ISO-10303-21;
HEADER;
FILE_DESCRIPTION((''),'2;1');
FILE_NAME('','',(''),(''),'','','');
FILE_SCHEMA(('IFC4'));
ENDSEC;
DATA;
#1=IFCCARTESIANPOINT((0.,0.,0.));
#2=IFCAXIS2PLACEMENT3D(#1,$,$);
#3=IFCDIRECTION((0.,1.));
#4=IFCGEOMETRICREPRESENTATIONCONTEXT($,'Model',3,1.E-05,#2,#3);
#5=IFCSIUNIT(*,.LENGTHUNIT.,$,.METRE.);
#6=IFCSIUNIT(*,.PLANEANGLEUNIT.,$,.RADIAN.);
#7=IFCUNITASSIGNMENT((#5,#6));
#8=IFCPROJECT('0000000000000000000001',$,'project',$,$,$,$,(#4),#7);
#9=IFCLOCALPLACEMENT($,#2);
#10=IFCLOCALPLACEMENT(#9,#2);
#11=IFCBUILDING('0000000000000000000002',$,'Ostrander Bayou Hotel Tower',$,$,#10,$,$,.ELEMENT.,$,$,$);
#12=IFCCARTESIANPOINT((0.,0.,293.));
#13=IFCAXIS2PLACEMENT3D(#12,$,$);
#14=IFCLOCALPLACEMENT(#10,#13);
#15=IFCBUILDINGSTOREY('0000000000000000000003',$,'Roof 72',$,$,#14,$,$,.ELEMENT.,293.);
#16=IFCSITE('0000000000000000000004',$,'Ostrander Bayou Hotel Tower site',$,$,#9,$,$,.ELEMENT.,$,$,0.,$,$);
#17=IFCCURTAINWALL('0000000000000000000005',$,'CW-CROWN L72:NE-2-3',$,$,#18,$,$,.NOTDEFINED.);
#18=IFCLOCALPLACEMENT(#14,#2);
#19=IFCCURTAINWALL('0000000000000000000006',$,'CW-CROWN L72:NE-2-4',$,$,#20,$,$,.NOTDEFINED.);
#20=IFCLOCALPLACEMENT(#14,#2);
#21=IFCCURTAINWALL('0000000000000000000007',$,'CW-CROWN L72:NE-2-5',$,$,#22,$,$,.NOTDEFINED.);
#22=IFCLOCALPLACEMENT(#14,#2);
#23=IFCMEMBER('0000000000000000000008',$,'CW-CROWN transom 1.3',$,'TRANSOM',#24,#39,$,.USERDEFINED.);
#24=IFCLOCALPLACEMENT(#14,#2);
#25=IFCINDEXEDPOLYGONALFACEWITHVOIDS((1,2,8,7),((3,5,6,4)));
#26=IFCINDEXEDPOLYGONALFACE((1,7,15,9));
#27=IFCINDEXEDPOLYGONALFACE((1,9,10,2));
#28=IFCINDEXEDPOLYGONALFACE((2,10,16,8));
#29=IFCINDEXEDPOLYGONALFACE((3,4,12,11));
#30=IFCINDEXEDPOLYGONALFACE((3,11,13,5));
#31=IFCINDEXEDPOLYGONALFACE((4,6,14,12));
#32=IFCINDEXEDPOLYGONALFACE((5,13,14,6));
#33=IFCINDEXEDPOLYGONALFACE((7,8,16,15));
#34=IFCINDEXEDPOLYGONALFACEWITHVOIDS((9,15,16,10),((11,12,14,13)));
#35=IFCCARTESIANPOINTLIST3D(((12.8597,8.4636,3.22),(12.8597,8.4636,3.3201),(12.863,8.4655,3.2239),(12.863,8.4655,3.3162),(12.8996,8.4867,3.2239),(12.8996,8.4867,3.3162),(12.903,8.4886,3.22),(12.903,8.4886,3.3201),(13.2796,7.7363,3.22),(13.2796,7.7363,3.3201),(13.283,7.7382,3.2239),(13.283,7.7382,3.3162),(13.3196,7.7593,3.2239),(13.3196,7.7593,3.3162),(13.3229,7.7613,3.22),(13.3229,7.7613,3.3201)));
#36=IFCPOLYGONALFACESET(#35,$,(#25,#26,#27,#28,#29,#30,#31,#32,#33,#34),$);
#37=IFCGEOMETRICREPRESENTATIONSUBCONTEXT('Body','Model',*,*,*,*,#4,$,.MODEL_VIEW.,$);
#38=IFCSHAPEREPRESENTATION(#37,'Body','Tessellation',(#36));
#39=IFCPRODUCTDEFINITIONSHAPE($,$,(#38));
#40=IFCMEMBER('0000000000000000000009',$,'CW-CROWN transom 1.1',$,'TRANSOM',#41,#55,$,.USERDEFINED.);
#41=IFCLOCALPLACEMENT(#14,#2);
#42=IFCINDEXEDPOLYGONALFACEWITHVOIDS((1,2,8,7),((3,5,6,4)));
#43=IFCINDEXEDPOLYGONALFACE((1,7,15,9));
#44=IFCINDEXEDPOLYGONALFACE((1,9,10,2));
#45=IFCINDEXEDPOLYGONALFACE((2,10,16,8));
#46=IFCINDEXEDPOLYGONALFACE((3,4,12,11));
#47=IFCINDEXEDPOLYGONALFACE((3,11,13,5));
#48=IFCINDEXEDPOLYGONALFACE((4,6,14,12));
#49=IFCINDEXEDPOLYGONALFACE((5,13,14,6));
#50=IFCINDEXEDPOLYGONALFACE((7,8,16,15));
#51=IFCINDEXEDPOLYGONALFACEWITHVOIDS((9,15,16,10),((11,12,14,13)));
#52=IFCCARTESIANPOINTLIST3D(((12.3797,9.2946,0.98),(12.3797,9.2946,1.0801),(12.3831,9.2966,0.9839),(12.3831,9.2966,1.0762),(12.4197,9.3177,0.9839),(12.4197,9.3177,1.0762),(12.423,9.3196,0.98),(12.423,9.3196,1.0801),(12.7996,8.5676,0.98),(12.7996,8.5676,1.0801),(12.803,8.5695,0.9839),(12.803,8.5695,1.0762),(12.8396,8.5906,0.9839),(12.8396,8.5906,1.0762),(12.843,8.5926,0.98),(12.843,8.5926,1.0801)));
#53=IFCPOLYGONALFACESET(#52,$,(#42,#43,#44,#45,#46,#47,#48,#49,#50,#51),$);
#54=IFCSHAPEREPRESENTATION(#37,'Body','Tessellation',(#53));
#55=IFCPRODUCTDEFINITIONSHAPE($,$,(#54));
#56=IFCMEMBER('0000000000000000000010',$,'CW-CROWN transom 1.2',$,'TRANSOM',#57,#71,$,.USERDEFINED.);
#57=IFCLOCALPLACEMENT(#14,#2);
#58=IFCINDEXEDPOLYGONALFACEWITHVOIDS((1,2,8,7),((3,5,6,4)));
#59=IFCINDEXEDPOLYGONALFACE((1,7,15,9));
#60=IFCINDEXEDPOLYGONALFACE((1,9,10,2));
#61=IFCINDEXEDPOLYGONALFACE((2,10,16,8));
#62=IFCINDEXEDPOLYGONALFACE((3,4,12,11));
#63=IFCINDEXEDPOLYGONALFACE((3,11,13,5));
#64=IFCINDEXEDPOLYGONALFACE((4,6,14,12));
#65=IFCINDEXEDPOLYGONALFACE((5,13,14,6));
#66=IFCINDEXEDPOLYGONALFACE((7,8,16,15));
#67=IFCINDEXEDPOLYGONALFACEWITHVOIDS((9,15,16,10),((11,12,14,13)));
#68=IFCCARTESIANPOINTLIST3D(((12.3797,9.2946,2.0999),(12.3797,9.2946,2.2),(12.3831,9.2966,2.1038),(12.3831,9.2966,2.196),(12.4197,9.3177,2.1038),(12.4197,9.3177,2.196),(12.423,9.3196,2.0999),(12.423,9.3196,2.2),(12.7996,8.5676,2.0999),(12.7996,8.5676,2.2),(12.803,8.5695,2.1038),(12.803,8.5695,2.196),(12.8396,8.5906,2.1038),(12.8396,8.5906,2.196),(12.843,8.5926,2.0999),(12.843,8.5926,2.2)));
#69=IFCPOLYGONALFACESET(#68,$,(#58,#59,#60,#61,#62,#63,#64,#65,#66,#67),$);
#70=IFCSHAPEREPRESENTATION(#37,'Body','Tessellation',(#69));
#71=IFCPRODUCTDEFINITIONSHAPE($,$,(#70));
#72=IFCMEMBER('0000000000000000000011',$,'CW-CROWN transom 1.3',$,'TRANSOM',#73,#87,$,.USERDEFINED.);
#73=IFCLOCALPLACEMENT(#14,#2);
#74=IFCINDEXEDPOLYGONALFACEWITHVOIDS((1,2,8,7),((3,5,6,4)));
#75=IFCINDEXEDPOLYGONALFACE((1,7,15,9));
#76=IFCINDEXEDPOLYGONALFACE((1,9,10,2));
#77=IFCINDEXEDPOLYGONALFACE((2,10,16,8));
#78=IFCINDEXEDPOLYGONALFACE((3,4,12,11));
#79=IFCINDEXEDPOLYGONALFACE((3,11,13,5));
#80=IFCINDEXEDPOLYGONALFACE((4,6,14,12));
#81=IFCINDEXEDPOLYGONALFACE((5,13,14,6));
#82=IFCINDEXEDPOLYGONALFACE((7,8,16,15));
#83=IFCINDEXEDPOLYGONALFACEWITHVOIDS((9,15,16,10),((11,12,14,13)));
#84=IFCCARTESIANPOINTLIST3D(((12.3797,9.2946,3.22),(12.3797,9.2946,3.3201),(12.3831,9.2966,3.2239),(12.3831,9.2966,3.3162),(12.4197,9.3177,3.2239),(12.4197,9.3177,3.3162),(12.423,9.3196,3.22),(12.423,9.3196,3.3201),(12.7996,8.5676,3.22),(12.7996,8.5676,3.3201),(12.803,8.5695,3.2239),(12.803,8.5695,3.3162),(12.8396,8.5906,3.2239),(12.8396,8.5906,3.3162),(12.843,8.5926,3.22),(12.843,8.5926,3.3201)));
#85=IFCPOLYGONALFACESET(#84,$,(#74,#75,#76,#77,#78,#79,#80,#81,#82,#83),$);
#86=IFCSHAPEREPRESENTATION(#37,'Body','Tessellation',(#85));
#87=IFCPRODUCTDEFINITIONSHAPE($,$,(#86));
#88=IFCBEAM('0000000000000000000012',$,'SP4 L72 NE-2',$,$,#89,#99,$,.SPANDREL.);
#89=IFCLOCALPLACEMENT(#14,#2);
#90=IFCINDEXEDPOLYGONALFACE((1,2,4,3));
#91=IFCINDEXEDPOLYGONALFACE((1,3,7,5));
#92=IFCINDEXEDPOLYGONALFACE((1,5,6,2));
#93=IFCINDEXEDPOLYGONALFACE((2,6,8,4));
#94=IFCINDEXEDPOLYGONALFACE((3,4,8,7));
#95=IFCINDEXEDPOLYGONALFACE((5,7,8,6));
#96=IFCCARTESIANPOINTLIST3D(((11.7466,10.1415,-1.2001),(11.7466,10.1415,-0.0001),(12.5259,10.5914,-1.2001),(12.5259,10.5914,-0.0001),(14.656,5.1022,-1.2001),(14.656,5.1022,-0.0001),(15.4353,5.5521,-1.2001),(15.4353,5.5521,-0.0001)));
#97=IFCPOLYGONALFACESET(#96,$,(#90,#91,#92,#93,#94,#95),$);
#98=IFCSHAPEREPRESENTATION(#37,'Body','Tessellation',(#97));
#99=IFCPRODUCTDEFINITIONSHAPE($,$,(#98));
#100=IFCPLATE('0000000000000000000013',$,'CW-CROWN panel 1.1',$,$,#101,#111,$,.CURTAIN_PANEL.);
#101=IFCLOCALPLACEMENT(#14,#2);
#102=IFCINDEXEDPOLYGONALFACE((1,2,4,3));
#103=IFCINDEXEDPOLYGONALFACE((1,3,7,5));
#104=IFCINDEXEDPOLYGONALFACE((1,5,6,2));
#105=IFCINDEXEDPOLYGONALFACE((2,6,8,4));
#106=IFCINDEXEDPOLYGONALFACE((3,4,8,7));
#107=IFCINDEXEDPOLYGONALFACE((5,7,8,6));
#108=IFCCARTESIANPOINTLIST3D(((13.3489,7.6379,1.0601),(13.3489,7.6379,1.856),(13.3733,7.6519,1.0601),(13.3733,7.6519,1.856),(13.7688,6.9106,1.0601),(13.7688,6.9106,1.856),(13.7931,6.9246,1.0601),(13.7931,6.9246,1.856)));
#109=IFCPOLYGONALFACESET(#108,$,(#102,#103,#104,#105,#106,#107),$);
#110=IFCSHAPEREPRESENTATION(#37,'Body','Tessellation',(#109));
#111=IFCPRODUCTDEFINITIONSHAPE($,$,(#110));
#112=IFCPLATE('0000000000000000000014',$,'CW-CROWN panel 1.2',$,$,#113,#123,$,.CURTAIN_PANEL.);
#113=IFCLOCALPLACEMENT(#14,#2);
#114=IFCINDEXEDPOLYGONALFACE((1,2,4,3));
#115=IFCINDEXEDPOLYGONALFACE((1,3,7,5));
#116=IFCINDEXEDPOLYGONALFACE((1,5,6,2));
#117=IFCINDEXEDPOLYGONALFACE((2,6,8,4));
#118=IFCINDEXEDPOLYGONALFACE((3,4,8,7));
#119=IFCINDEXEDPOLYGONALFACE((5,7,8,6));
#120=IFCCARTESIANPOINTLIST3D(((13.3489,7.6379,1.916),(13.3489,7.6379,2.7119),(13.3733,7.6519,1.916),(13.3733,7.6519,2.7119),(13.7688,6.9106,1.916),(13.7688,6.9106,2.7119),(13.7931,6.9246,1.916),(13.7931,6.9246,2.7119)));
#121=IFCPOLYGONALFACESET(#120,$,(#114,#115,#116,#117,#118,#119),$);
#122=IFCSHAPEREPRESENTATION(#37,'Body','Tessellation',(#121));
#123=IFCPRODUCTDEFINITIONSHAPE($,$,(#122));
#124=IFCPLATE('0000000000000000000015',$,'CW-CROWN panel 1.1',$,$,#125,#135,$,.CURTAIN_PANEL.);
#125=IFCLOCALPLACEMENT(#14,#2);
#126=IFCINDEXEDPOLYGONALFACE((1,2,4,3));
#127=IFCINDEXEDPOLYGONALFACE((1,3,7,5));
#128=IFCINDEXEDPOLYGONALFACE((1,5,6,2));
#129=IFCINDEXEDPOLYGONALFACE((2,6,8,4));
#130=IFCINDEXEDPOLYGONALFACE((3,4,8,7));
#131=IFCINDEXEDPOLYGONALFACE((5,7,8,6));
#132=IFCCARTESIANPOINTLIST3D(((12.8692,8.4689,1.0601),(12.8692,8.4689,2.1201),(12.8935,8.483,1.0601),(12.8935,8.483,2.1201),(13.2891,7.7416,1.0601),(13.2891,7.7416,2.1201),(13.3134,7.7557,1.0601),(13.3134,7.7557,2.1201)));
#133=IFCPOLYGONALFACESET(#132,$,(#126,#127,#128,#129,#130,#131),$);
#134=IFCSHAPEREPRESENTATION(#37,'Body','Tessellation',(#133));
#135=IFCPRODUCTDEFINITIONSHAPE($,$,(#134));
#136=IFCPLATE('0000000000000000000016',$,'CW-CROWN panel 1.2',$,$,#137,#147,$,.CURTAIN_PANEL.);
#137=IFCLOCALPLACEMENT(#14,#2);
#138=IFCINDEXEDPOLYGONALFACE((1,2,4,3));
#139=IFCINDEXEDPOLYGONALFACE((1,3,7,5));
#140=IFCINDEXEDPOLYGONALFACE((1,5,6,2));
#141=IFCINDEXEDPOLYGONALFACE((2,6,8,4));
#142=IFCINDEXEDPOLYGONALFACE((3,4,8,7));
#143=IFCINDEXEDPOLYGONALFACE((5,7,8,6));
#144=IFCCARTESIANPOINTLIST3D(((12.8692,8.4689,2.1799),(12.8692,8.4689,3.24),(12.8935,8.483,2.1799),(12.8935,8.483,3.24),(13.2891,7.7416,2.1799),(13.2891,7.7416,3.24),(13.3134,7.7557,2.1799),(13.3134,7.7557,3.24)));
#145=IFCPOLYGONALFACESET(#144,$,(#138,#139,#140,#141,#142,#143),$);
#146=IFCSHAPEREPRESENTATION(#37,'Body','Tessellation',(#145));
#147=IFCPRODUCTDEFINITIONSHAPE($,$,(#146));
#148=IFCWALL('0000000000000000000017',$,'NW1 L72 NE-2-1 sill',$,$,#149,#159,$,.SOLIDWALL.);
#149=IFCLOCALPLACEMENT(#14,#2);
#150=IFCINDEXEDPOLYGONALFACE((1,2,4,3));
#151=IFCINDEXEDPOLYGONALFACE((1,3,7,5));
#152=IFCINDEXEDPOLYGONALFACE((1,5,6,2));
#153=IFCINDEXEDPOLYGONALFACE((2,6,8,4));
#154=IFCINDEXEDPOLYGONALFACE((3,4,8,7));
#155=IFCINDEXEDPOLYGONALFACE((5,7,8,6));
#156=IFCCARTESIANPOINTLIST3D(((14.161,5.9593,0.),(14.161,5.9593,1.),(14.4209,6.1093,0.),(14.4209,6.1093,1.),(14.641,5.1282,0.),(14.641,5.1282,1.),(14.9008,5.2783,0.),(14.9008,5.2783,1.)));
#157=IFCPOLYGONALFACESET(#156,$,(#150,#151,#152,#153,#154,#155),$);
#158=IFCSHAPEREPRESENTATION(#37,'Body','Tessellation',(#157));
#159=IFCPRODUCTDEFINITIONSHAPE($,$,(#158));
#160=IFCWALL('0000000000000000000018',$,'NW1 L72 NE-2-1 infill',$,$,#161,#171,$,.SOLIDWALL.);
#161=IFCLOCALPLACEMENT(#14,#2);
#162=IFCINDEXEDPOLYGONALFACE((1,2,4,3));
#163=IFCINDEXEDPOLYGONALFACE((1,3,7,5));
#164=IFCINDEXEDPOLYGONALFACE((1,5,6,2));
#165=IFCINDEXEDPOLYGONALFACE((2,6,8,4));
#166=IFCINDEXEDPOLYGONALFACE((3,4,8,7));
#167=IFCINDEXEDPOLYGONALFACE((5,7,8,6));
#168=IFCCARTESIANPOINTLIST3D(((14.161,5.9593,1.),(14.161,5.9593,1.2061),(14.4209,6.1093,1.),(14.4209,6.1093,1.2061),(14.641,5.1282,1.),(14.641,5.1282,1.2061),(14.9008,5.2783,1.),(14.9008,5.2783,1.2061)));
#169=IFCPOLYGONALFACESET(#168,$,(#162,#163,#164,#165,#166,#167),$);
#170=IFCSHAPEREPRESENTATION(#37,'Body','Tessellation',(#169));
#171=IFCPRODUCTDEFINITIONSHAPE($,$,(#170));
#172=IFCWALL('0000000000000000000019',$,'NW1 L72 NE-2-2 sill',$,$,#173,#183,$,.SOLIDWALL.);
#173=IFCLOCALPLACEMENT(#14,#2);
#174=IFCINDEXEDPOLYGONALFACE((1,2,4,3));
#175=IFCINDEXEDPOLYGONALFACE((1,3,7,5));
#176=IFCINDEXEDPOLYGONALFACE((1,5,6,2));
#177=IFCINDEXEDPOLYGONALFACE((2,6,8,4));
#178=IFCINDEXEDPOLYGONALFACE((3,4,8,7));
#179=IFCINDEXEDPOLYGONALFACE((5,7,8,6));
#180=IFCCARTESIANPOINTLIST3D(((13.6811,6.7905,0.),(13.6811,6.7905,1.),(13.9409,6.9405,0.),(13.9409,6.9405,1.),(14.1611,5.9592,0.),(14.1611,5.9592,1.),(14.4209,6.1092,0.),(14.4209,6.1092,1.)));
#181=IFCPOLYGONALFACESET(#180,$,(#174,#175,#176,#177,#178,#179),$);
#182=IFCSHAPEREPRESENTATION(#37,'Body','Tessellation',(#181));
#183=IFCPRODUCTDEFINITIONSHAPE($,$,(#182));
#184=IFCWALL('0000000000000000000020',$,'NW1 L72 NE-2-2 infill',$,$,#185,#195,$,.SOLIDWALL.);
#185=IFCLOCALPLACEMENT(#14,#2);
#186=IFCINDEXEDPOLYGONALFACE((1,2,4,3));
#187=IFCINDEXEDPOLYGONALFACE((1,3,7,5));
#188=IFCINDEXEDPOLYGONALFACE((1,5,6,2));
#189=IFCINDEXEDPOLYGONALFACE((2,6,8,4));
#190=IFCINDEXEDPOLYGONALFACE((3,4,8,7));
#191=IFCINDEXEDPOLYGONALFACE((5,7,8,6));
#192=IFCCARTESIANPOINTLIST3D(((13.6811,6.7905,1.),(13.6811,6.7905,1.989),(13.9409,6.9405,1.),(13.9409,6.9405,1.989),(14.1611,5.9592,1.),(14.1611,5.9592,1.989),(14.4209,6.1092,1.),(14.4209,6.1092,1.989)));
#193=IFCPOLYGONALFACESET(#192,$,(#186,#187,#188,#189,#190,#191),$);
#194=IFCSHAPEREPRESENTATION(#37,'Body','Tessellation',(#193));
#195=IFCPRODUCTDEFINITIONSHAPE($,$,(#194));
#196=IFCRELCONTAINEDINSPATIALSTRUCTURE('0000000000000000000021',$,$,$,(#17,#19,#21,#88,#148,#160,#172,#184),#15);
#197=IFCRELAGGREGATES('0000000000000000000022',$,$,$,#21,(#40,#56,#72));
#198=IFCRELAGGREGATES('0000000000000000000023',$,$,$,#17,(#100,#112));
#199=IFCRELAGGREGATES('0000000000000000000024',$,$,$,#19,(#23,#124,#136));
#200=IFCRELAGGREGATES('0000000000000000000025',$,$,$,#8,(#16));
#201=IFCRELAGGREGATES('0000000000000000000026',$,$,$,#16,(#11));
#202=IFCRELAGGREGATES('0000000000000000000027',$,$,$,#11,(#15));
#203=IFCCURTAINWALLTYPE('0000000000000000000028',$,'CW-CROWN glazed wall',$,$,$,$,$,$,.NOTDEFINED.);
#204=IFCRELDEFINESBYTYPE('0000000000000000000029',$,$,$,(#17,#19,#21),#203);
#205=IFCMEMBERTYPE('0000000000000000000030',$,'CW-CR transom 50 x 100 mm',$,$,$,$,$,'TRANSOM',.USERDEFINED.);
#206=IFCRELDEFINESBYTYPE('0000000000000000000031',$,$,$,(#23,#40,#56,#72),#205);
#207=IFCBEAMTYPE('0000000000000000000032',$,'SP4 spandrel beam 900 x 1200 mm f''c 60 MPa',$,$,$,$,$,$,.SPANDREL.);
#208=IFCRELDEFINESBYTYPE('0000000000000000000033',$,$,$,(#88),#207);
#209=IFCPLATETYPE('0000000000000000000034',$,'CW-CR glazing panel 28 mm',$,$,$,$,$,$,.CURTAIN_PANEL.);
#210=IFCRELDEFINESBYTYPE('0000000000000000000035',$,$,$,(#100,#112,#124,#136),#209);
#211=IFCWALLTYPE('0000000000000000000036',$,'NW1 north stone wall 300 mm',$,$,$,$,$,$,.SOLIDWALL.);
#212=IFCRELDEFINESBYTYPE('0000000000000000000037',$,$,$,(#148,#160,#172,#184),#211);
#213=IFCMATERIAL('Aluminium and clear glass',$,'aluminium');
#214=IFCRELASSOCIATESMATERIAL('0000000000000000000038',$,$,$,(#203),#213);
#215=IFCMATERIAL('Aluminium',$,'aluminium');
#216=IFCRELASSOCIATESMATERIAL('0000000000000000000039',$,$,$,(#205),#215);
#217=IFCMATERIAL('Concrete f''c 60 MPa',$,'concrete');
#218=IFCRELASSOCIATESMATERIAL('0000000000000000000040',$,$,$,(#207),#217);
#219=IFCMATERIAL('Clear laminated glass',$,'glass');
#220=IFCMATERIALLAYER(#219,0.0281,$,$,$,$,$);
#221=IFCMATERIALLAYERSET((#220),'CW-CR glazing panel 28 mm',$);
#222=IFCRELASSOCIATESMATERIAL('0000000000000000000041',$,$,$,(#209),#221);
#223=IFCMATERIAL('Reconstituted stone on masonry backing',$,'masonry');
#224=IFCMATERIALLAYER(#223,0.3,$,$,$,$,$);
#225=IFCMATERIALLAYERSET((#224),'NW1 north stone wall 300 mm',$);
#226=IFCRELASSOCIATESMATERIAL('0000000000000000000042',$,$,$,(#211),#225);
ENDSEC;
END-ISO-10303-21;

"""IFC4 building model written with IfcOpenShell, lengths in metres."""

from ifc_helpers import new_model, si_unit, direction, frame, frame_2d, origin, origin_2d, place, context, subcontext, project, spatial, rectangle, hollow_rectangle, extrude, material, layer, layer_set, material_profile, profile_set, type_object, element, aggregate, save


model = new_model("IFC4")

# Units and contexts
model_context = context("Model", 3, precision=1e-05, world=origin(), true_north=direction((0.0, 1.0)))
body_context = subcontext(model_context, "Body", "Model", "MODEL_VIEW")
ifc_project = project(units=[si_unit("LENGTHUNIT", "METRE"), si_unit("PLANEANGLEUNIT", "RADIAN")], contexts=[model_context])

# Site, building, storey
site_placement = place(None, origin())
site = spatial("IfcSite", under=ifc_project, at=site_placement, Name="Ostrander Bayou Hotel Tower site", CompositionType="ELEMENT", RefElevation=0.0)
building_placement = place(site_placement, origin())
building = spatial("IfcBuilding", under=site, at=building_placement, Name="Ostrander Bayou Hotel Tower", CompositionType="ELEMENT")
storey_placement = place(building_placement, frame((0.0, 0.0, 293.0)))
storey = spatial("IfcBuildingStorey", under=building, at=storey_placement, Name="Roof 72", CompositionType="ELEMENT", Elevation=293.0)

# Curtain walls
ifc_material_1 = material(Name="Aluminium and clear glass", Category="aluminium")
curtain_wall_type = type_object("IfcCurtainWallType", Name="CW-CROWN glazed wall", PredefinedType="NOTDEFINED", material=ifc_material_1)
curtain_wall_1_placement = place(storey_placement, origin())
curtain_wall_1 = element("IfcCurtainWall", 1, at=curtain_wall_1_placement, inside=storey, type_object=curtain_wall_type, Name="CW-CROWN L72:NE-2-3", PredefinedType="NOTDEFINED")
curtain_wall_2_placement = place(storey_placement, origin())
curtain_wall_2 = element("IfcCurtainWall", 2, at=curtain_wall_2_placement, inside=storey, type_object=curtain_wall_type, Name="CW-CROWN L72:NE-2-4", PredefinedType="NOTDEFINED")

# Curtain wall
curtain_wall_3_placement = place(storey_placement, origin())
curtain_wall_3 = element("IfcCurtainWall", 3, at=curtain_wall_3_placement, inside=storey, type_object=curtain_wall_type, Name="CW-CROWN L72:NE-2-5", PredefinedType="NOTDEFINED")

# Members
ifc_material_2 = material(Name="Aluminium", Category="aluminium")
ifc_material_profile_1 = material_profile(ifc_material_2, hollow_rectangle(XDim=0.05, YDim=0.1001, WallThickness=0.0039, at=origin_2d()))
ifc_profile_set_1 = profile_set([ifc_material_profile_1], Name="Aluminium")
member_type_1 = type_object("IfcMemberType", Name="CW-CR transom 50 x 100 mm", ElementType="TRANSOM", PredefinedType="USERDEFINED", material=ifc_profile_set_1)
member_1_placement = place(storey_placement, frame((13.3013, 7.7488, 3.27), z_axis=(-0.500016, 0.866016, 0.0), x_axis=(-0.866016, -0.500016, 0.0)))
member_1 = element("IfcMember", 4, at=member_1_placement, type_object=member_type_1, Name="CW-CROWN transom 1.3", ObjectType="TRANSOM", PredefinedType="USERDEFINED", context=body_context, shape_type="SweptSolid", body=[
    extrude(hollow_rectangle(XDim=0.05, YDim=0.1001, WallThickness=0.0039, at=origin_2d()), origin(), (0.0, 0.0, 1.0), 0.8398),
])
member_2_placement = place(storey_placement, frame((12.8213, 8.5801, 1.03), z_axis=(-0.500142, 0.865943, 0.0), x_axis=(-0.865943, -0.500142, 0.0)))
member_2 = element("IfcMember", 5, at=member_2_placement, type_object=member_type_1, Name="CW-CROWN transom 1.1", ObjectType="TRANSOM", PredefinedType="USERDEFINED", context=body_context, shape_type="SweptSolid", body=[
    extrude(hollow_rectangle(XDim=0.05, YDim=0.1001, WallThickness=0.0039, at=origin_2d()), origin(), (0.0, 0.0, 1.0), 0.8396),
])
member_3_placement = place(storey_placement, frame((12.8213, 8.5801, 2.1499), z_axis=(-0.500142, 0.865943, 0.0), x_axis=(-0.865943, -0.500142, 0.0)))
member_3 = element("IfcMember", 6, at=member_3_placement, type_object=member_type_1, Name="CW-CROWN transom 1.2", ObjectType="TRANSOM", PredefinedType="USERDEFINED", context=body_context, shape_type="SweptSolid", body=[
    extrude(hollow_rectangle(XDim=0.05, YDim=0.1001, WallThickness=0.0039, at=origin_2d()), origin(), (0.0, 0.0, 1.0), 0.8396),
])
member_4_placement = place(storey_placement, frame((12.8213, 8.5801, 3.27), z_axis=(-0.500142, 0.865943, 0.0), x_axis=(-0.865943, -0.500142, 0.0)))
member_4 = element("IfcMember", 7, at=member_4_placement, type_object=member_type_1, Name="CW-CROWN transom 1.3", ObjectType="TRANSOM", PredefinedType="USERDEFINED", context=body_context, shape_type="SweptSolid", body=[
    extrude(hollow_rectangle(XDim=0.05, YDim=0.1001, WallThickness=0.0039, at=origin_2d()), origin(), (0.0, 0.0, 1.0), 0.8396),
])
aggregate(curtain_wall_3, [member_2, member_3, member_4])

# Beam
ifc_material_3 = material(Name="Concrete f'c 60 MPa", Category="concrete")
ifc_material_profile_2 = material_profile(ifc_material_3, rectangle(XDim=0.8999, YDim=1.2, at=origin_2d()))
ifc_profile_set_2 = profile_set([ifc_material_profile_2], Name="Concrete f'c 60 MPa")
beam_type = type_object("IfcBeamType", Name="SP4 spandrel beam 900 x 1200 mm f'c 60 MPa", PredefinedType="SPANDREL", material=ifc_profile_set_2)
beam_placement = place(storey_placement, frame((15.0457, 5.3271, -0.6001), z_axis=(-0.499997, 0.866027, 0.0), x_axis=(-0.866027, -0.499997, 0.0)))
element("IfcBeam", 8, at=beam_placement, inside=storey, type_object=beam_type, Name="SP4 L72 NE-2", PredefinedType="SPANDREL", context=body_context, shape_type="SweptSolid", body=[
    extrude(rectangle(XDim=0.8999, YDim=1.2, at=origin_2d()), origin(), (0.0, 0.0, 1.0), 5.8188),
])

# Plates
ifc_material_4 = material(Name="Clear laminated glass", Category="glass")
ifc_layer_1 = layer(ifc_material_4, 0.0281)
ifc_layer_set_1 = layer_set([ifc_layer_1], Name="CW-CR glazing panel 28 mm")
plate_type = type_object("IfcPlateType", Name="CW-CR glazing panel 28 mm", PredefinedType="CURTAIN_PANEL", material=ifc_layer_set_1)
plate_1_placement = place(storey_placement, frame((13.571, 7.2812, 1.0601), z_axis=(0.0, 0.0, 1.0), x_axis=(-0.49996, 0.866049, 0.0)))
plate_1 = element("IfcPlate", 9, at=plate_1_placement, type_object=plate_type, Name="CW-CROWN panel 1.1", PredefinedType="CURTAIN_PANEL", context=body_context, shape_type="SweptSolid", body=[
    extrude(rectangle(XDim=0.8398, YDim=0.0281, at=origin_2d()), origin(), (0.0, 0.0, 1.0), 0.7959),
])
plate_2_placement = place(storey_placement, frame((13.571, 7.2812, 1.916), z_axis=(0.0, 0.0, 1.0), x_axis=(-0.49996, 0.866049, 0.0)))
plate_2 = element("IfcPlate", 10, at=plate_2_placement, type_object=plate_type, Name="CW-CROWN panel 1.2", PredefinedType="CURTAIN_PANEL", context=body_context, shape_type="SweptSolid", body=[
    extrude(rectangle(XDim=0.8398, YDim=0.0281, at=origin_2d()), origin(), (0.0, 0.0, 1.0), 0.7959),
])
aggregate(curtain_wall_1, [plate_1, plate_2])
plate_3_placement = place(storey_placement, frame((13.0913, 8.1123, 1.0601), z_axis=(0.0, 0.0, 1.0), x_axis=(-0.500005, 0.866022, 0.0)))
plate_3 = element("IfcPlate", 11, at=plate_3_placement, type_object=plate_type, Name="CW-CROWN panel 1.1", PredefinedType="CURTAIN_PANEL", context=body_context, shape_type="SweptSolid", body=[
    extrude(rectangle(XDim=0.8398, YDim=0.0281, at=origin_2d()), origin(), (0.0, 0.0, 1.0), 1.0601),
])
plate_4_placement = place(storey_placement, frame((13.0913, 8.1123, 2.1799), z_axis=(0.0, 0.0, 1.0), x_axis=(-0.500005, 0.866022, 0.0)))
plate_4 = element("IfcPlate", 12, at=plate_4_placement, type_object=plate_type, Name="CW-CROWN panel 1.2", PredefinedType="CURTAIN_PANEL", context=body_context, shape_type="SweptSolid", body=[
    extrude(rectangle(XDim=0.8398, YDim=0.0281, at=origin_2d()), origin(), (0.0, 0.0, 1.0), 1.0601),
])
aggregate(curtain_wall_2, [member_1, plate_3, plate_4])

# Walls
ifc_material_5 = material(Name="Reconstituted stone on masonry backing", Category="masonry")
ifc_layer_2 = layer(ifc_material_5, 0.3)
ifc_layer_set_2 = layer_set([ifc_layer_2], Name="NW1 north stone wall 300 mm")
wall_type = type_object("IfcWallType", Name="NW1 north stone wall 300 mm", PredefinedType="SOLIDWALL", material=ifc_layer_set_2)
wall_1_placement = place(storey_placement, frame((14.771, 5.2031, 0.0), z_axis=(0.0, 0.0, 1.0), x_axis=(-0.500133, 0.865948, 0.0)))
element("IfcWall", 13, at=wall_1_placement, inside=storey, type_object=wall_type, Name="NW1 L72 NE-2-1 sill", PredefinedType="SOLIDWALL", context=body_context, shape_type="SweptSolid", body=[
    extrude(rectangle(XDim=0.9597, YDim=0.3, at=frame_2d((0.48, 0.0))), origin(), (0.0, 0.0, 1.0), 1.0),
])
wall_2_placement = place(storey_placement, frame((14.771, 5.2031, 1.0), z_axis=(0.0, 0.0, 1.0), x_axis=(-0.500133, 0.865948, 0.0)))
element("IfcWall", 14, at=wall_2_placement, inside=storey, type_object=wall_type, Name="NW1 L72 NE-2-1 infill", PredefinedType="SOLIDWALL", context=body_context, shape_type="SweptSolid", body=[
    extrude(rectangle(XDim=0.9597, YDim=0.3, at=frame_2d((0.48, 0.0))), origin(), (0.0, 0.0, 1.0), 0.2061),
])
wall_3_placement = place(storey_placement, frame((14.291, 6.0342, 0.0), z_axis=(0.0, 0.0, 1.0), x_axis=(-0.500023, 0.866012, 0.0)))
element("IfcWall", 15, at=wall_3_placement, inside=storey, type_object=wall_type, Name="NW1 L72 NE-2-2 sill", PredefinedType="SOLIDWALL", context=body_context, shape_type="SweptSolid", body=[
    extrude(rectangle(XDim=0.96, YDim=0.3, at=frame_2d((0.48, 0.0))), origin(), (0.0, 0.0, 1.0), 1.0),
])
wall_4_placement = place(storey_placement, frame((14.291, 6.0342, 1.0), z_axis=(0.0, 0.0, 1.0), x_axis=(-0.500023, 0.866012, 0.0)))
element("IfcWall", 16, at=wall_4_placement, inside=storey, type_object=wall_type, Name="NW1 L72 NE-2-2 infill", PredefinedType="SOLIDWALL", context=body_context, shape_type="SweptSolid", body=[
    extrude(rectangle(XDim=0.96, YDim=0.3, at=frame_2d((0.48, 0.0))), origin(), (0.0, 0.0, 1.0), 0.989),
])

save(model, "model.ifc")
